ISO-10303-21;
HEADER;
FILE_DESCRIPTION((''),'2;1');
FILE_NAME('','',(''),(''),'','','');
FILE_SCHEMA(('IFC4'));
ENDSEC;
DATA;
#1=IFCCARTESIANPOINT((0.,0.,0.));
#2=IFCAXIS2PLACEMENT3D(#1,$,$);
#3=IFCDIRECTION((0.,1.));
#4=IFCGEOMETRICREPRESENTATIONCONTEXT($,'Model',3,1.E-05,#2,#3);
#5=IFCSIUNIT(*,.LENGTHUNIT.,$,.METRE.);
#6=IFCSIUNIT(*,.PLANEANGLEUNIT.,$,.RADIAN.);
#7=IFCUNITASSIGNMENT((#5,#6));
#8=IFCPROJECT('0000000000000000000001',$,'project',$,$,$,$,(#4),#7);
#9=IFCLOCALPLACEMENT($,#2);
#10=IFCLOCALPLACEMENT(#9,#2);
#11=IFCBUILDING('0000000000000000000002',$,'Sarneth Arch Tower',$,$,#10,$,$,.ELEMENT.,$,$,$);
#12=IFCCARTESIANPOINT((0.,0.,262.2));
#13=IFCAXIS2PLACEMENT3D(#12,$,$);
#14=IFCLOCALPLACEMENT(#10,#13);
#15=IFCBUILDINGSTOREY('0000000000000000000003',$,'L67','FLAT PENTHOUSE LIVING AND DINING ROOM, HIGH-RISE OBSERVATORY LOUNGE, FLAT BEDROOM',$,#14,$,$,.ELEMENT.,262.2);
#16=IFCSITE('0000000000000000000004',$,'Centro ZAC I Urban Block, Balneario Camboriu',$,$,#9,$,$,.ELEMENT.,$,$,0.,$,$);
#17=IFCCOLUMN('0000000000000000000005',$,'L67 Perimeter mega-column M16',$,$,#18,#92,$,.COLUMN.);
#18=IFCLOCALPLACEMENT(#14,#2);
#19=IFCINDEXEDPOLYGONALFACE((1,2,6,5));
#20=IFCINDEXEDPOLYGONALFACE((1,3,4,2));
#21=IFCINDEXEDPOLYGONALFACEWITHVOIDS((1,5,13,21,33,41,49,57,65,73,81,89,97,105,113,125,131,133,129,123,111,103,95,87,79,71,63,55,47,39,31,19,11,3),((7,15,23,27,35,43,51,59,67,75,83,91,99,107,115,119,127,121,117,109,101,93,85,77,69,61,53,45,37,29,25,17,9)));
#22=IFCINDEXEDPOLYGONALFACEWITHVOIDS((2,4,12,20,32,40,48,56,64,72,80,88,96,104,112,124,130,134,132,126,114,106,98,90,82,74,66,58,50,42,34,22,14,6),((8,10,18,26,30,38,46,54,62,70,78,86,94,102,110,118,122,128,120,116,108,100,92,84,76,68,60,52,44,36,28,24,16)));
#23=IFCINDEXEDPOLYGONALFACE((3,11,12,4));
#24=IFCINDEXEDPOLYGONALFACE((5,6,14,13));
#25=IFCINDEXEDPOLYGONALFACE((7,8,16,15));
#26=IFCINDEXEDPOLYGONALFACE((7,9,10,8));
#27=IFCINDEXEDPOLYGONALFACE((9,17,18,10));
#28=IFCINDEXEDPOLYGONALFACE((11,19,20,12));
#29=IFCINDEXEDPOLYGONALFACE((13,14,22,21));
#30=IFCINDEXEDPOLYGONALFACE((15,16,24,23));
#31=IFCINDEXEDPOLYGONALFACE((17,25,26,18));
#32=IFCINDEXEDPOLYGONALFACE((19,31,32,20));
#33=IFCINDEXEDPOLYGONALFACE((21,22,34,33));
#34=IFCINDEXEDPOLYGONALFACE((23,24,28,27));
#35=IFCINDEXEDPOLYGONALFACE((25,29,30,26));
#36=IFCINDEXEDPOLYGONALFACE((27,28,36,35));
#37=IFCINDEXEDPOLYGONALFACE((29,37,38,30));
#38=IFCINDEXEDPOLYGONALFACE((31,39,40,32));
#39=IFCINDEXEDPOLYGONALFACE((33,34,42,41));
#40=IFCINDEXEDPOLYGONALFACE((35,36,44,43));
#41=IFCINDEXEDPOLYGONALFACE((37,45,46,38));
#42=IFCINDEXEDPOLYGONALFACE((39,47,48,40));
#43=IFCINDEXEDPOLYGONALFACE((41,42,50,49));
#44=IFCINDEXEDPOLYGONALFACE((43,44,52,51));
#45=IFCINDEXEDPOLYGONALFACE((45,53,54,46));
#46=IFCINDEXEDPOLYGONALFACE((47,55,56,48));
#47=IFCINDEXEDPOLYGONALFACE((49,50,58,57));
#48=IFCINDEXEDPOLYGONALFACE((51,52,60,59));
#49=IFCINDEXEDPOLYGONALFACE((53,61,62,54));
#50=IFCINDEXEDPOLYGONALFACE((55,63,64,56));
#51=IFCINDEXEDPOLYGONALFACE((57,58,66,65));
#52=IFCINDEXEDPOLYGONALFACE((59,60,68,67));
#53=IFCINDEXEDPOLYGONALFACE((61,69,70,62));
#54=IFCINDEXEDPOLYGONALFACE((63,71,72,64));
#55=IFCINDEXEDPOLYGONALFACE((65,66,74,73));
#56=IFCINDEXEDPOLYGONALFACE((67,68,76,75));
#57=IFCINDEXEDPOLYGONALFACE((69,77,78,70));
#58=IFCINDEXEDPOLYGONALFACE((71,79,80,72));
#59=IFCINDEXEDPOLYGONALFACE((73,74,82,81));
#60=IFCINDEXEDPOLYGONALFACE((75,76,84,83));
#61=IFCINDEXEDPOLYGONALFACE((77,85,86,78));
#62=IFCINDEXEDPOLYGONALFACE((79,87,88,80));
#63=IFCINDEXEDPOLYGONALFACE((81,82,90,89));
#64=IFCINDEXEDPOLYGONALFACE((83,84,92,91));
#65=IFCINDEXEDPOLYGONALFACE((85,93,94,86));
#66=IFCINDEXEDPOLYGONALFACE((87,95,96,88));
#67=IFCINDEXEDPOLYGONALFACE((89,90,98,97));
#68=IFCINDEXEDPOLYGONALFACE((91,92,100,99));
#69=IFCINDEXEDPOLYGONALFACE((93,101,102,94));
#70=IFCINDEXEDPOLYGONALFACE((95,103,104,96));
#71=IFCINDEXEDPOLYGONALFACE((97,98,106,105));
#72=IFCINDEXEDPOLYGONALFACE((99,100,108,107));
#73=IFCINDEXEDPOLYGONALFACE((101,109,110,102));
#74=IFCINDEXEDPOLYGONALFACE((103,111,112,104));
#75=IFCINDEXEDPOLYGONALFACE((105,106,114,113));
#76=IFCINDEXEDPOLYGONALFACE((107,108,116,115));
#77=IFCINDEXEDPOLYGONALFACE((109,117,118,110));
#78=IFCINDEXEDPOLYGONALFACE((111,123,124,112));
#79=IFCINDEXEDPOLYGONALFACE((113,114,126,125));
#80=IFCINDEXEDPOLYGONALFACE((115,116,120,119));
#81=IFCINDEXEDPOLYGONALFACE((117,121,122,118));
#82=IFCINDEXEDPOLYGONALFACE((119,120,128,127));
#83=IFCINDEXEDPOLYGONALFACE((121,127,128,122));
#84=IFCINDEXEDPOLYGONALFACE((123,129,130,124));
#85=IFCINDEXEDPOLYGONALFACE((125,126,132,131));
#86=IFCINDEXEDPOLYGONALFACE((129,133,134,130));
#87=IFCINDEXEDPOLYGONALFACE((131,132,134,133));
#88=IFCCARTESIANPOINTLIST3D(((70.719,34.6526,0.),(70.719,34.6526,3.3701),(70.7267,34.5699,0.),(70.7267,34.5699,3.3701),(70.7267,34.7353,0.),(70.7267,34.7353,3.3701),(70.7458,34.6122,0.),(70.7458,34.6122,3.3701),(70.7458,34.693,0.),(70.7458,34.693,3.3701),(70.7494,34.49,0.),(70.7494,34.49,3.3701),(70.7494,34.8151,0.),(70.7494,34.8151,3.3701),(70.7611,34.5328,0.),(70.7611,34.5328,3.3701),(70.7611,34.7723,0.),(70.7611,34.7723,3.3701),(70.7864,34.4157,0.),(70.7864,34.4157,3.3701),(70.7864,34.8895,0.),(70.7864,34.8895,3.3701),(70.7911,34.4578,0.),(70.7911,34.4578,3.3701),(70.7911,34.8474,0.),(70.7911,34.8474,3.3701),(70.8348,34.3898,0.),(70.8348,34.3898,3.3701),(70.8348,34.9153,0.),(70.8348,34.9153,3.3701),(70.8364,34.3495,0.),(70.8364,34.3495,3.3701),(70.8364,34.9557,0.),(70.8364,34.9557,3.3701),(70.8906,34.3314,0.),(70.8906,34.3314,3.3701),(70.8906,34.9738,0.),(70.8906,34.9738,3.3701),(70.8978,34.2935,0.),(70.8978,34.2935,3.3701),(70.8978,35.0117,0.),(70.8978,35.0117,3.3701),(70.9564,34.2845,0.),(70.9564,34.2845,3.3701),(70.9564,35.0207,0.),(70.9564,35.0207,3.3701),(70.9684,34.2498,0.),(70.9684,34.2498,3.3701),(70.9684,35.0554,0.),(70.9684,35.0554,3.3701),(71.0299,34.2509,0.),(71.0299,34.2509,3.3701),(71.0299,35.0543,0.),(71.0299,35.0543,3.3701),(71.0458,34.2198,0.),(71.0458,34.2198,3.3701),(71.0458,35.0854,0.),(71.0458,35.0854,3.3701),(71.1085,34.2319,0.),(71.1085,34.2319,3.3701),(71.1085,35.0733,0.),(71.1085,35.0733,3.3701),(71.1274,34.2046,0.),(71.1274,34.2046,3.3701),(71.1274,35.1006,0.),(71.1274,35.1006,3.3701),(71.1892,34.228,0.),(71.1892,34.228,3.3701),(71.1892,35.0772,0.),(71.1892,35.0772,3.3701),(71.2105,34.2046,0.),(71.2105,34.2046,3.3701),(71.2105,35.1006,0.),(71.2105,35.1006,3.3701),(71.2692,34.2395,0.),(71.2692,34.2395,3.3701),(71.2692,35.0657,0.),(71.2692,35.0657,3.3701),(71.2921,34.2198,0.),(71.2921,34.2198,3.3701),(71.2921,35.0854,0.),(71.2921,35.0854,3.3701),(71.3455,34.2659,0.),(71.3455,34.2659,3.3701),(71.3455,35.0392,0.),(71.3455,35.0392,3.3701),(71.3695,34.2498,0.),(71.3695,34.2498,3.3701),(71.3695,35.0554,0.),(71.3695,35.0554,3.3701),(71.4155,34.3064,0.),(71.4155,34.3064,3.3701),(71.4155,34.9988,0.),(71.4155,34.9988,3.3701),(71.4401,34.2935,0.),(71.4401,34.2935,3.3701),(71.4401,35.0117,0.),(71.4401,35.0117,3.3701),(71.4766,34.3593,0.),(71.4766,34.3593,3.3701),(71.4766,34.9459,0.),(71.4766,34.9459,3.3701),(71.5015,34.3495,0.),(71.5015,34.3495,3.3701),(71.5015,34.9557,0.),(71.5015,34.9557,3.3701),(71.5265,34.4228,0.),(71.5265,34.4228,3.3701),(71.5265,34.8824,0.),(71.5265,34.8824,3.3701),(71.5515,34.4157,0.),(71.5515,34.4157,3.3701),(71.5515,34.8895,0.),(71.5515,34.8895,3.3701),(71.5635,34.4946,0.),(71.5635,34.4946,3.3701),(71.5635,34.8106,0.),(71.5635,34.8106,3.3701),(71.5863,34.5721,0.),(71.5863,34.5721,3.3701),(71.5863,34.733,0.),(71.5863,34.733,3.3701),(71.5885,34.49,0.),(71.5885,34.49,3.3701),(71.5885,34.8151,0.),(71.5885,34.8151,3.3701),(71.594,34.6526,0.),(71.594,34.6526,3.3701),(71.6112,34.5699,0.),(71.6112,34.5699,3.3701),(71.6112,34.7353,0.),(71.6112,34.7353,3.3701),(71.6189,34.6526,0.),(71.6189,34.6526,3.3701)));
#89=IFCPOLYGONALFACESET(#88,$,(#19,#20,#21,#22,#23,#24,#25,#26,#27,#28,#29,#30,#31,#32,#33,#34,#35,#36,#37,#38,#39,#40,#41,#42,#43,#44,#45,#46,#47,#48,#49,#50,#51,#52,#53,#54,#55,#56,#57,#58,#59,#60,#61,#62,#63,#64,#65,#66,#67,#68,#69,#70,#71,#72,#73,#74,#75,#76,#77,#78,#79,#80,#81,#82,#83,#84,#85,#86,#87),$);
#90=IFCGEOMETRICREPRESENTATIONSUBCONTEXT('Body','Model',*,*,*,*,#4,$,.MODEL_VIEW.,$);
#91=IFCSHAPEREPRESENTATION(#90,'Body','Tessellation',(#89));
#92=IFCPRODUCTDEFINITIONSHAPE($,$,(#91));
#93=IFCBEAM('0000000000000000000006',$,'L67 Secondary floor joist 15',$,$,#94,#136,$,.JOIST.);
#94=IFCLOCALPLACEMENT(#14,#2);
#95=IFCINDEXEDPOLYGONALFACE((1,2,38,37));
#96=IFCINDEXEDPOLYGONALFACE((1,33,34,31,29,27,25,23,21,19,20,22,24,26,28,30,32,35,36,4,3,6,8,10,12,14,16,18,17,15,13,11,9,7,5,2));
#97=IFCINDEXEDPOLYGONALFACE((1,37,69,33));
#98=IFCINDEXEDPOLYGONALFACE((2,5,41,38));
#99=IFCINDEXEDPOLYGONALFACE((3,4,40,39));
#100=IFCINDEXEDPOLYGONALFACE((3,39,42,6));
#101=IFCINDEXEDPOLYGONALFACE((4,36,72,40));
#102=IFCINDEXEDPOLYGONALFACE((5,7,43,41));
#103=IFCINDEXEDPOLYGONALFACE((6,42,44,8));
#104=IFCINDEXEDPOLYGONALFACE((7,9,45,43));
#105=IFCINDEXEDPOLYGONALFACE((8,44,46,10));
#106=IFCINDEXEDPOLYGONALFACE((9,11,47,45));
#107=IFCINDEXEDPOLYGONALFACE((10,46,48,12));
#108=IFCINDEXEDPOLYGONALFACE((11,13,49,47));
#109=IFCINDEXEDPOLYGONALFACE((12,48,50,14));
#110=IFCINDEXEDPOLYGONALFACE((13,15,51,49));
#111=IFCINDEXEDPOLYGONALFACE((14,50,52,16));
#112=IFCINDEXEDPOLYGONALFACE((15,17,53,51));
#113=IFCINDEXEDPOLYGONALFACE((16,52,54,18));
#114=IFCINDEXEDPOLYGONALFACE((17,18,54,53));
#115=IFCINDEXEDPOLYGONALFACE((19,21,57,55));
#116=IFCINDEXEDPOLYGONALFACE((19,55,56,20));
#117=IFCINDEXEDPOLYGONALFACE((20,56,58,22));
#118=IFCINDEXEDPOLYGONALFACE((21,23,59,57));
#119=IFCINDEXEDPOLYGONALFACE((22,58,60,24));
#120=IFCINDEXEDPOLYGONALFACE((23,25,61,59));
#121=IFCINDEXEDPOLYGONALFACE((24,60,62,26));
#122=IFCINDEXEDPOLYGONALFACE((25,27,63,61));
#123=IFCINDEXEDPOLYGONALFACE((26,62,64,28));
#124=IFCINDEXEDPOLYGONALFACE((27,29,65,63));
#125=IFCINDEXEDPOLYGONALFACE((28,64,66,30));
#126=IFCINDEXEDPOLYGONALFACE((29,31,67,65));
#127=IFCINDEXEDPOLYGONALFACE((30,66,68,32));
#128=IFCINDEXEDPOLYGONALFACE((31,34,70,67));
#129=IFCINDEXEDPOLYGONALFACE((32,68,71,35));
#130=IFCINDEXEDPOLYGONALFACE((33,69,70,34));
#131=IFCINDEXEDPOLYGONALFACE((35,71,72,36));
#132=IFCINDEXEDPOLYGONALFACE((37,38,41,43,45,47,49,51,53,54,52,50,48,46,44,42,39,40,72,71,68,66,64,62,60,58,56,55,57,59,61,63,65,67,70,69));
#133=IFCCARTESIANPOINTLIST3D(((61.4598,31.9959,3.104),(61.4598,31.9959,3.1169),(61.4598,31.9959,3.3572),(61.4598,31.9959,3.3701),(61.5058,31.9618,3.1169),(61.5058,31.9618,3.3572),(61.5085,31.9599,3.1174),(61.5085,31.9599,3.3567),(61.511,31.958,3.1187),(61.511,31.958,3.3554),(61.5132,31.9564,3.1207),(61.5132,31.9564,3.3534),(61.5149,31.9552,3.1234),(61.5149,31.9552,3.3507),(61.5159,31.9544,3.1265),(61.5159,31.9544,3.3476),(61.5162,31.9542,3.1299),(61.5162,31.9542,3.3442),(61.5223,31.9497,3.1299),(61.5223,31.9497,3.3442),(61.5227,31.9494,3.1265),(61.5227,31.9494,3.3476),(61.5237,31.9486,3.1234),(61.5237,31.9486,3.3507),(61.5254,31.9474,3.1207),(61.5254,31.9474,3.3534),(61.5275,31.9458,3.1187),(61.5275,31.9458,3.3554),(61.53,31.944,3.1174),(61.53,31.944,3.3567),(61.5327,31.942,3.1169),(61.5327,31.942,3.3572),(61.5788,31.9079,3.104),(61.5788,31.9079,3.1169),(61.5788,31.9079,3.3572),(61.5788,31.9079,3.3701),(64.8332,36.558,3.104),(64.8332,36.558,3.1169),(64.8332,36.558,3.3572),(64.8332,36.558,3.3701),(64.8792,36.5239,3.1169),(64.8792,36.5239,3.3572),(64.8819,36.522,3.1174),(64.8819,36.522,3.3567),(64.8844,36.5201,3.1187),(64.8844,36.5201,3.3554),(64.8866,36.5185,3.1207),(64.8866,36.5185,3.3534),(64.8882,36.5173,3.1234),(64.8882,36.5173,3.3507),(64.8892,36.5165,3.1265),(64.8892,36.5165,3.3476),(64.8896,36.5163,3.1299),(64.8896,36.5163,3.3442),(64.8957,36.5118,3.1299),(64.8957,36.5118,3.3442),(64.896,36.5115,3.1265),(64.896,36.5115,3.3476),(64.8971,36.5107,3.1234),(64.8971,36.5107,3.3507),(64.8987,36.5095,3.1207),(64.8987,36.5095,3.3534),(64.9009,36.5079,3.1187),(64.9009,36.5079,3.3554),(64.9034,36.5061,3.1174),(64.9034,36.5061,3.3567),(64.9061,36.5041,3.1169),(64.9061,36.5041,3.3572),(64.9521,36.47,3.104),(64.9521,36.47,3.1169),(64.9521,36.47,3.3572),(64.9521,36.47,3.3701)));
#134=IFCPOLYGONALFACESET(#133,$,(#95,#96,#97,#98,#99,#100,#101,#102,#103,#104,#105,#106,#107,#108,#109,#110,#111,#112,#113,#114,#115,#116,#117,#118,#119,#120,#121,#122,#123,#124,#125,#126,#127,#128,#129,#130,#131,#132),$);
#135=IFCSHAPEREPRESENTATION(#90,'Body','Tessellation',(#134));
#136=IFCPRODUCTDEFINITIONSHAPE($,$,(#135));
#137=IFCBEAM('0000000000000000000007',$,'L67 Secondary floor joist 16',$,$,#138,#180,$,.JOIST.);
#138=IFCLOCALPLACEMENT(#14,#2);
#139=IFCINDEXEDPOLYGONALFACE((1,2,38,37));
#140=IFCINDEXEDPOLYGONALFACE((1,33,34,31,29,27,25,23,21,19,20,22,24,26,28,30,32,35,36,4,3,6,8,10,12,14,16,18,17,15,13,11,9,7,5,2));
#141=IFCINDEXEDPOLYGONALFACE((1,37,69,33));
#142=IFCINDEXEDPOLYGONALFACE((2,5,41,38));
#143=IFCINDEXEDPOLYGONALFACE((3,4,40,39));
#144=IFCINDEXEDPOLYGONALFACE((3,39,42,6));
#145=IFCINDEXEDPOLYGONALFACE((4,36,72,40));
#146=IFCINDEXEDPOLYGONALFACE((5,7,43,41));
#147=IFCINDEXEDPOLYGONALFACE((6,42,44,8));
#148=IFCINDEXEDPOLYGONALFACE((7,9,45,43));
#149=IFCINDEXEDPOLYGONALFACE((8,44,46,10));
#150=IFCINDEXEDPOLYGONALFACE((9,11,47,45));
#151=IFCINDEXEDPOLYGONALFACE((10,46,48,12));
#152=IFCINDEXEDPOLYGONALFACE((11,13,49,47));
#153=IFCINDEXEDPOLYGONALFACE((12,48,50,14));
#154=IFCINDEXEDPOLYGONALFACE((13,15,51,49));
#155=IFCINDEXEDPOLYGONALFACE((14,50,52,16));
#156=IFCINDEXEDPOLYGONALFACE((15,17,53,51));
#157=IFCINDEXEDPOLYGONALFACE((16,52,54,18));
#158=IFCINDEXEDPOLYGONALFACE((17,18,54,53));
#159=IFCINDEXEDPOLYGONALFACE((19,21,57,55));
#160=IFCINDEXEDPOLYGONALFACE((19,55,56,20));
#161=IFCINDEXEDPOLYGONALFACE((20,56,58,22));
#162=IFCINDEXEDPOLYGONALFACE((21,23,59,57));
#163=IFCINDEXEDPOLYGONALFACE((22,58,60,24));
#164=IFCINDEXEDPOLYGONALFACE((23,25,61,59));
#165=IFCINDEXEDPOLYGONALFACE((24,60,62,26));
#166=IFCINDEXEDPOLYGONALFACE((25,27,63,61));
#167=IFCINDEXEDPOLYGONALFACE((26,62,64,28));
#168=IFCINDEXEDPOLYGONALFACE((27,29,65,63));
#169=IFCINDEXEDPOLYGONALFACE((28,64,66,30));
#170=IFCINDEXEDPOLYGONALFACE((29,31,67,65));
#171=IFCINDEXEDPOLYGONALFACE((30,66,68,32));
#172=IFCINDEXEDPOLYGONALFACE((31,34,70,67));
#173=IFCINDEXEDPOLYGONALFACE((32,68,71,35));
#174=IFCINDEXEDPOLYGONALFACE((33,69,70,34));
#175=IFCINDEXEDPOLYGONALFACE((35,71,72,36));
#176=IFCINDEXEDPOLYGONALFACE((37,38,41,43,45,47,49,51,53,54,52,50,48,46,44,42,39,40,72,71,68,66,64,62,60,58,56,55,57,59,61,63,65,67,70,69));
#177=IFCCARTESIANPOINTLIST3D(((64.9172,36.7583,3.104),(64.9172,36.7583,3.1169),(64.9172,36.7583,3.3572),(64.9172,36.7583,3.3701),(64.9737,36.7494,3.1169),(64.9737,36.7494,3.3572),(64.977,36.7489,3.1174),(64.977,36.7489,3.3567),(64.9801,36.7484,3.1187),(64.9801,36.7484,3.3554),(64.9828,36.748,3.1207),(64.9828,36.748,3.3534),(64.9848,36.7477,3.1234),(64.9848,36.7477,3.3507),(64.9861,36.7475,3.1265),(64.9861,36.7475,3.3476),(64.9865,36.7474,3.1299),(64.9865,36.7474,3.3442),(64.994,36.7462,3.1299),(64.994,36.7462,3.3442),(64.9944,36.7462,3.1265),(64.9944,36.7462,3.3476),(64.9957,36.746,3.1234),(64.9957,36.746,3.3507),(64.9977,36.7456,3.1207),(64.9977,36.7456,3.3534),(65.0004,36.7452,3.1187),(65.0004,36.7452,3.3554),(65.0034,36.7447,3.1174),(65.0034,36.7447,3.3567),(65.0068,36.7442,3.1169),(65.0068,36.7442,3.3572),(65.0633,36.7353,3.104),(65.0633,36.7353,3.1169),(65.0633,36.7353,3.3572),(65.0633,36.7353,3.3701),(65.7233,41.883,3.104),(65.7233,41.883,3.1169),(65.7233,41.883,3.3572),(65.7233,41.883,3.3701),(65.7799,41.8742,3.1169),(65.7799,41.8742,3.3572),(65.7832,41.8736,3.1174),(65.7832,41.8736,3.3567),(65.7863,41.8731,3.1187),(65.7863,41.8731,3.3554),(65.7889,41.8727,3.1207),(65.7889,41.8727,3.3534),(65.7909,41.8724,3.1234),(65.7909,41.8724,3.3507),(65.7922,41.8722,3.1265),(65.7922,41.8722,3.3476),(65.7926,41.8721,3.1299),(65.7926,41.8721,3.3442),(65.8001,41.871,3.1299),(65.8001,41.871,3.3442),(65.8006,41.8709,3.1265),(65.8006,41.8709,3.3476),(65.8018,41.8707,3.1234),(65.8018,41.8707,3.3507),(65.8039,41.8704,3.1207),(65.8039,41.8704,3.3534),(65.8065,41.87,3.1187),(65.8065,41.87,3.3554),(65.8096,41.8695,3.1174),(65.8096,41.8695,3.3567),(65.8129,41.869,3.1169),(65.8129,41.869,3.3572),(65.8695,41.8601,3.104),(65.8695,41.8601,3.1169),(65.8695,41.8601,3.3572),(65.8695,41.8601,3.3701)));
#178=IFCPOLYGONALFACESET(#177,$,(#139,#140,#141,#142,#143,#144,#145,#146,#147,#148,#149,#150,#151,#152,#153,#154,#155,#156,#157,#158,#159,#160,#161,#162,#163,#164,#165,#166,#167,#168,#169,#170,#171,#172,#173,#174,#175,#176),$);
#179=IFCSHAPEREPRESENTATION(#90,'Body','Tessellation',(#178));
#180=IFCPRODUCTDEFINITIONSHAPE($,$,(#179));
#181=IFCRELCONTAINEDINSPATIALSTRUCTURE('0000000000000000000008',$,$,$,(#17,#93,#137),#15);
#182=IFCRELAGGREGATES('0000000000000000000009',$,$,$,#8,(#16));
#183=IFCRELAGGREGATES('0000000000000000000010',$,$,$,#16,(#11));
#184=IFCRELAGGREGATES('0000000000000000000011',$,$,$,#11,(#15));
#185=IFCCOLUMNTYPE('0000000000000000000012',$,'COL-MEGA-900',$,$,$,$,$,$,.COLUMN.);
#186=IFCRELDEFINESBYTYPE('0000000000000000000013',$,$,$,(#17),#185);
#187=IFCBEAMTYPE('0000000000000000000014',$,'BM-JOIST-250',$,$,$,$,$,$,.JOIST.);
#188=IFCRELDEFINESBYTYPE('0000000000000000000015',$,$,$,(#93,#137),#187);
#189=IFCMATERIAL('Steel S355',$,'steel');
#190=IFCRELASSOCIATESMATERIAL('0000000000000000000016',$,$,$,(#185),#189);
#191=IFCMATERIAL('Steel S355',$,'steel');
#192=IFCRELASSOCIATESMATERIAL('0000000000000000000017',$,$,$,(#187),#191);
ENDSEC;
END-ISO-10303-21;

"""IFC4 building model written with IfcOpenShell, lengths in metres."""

from ifc_helpers import new_model, si_unit, direction, frame, origin, origin_2d, place, context, subcontext, project, spatial, hollow_circle, i_section, extrude, material, material_profile, profile_set, type_object, element, save


model = new_model("IFC4")

# Units and contexts
model_context = context("Model", 3, precision=1e-05, world=origin(), true_north=direction((0.0, 1.0)))
body_context = subcontext(model_context, "Body", "Model", "MODEL_VIEW")
ifc_project = project(units=[si_unit("LENGTHUNIT", "METRE"), si_unit("PLANEANGLEUNIT", "RADIAN")], contexts=[model_context])

# Site, building, storey
site_placement = place(None, origin())
site = spatial("IfcSite", under=ifc_project, at=site_placement, Name="Centro ZAC I Urban Block, Balneario Camboriu", CompositionType="ELEMENT", RefElevation=0.0)
building_placement = place(site_placement, origin())
building = spatial("IfcBuilding", under=site, at=building_placement, Name="Sarneth Arch Tower", CompositionType="ELEMENT")
storey_placement = place(building_placement, frame((0.0, 0.0, 262.2)))
storey = spatial("IfcBuildingStorey", under=building, at=storey_placement, Name="L67", Description="FLAT PENTHOUSE LIVING AND DINING ROOM, HIGH-RISE OBSERVATORY LOUNGE, FLAT BEDROOM", CompositionType="ELEMENT", Elevation=262.2)

# Column
ifc_material_1 = material(Name="Steel S355", Category="steel")
ifc_material_profile_1 = material_profile(ifc_material_1, hollow_circle(Radius=0.45, WallThickness=0.0249, at=origin_2d()), Name="CHS900x25")
ifc_profile_set_1 = profile_set([ifc_material_profile_1], Name="Steel S355")
column_type = type_object("IfcColumnType", Name="COL-MEGA-900", PredefinedType="COLUMN", material=ifc_profile_set_1)
column_placement = place(storey_placement, frame((71.1689, 34.6526, 0.0), z_axis=(0.0, 0.0, 1.0), x_axis=(1.0, 0.0, 0.0)))
element("IfcColumn", 1, at=column_placement, inside=storey, type_object=column_type, Name="L67 Perimeter mega-column M16", PredefinedType="COLUMN", context=body_context, shape_type="SweptSolid", body=[
    extrude(hollow_circle(Radius=0.45, WallThickness=0.0249, at=origin_2d()), origin(), (0.0, 0.0, 1.0), 3.3701),
])

# Beams
ifc_material_2 = material(Name="Steel S355", Category="steel")
ifc_material_profile_2 = material_profile(ifc_material_2, i_section(OverallWidth=0.1479, OverallDepth=0.2661, WebThickness=0.0076, FlangeThickness=0.0129, FilletRadius=0.0129, at=origin_2d()), Name="W250x44.8")
ifc_profile_set_2 = profile_set([ifc_material_profile_2], Name="Steel S355")
beam_type_1 = type_object("IfcBeamType", Name="BM-JOIST-250", PredefinedType="JOIST", material=ifc_profile_set_2)
beam_1_placement = place(storey_placement, frame((61.5193, 31.9519, 3.2371), z_axis=(0.594547, 0.804061, 0.0), x_axis=(-0.804061, 0.594547, 0.0)))
element("IfcBeam", 2, at=beam_1_placement, inside=storey, type_object=beam_type_1, Name="L67 Secondary floor joist 15", PredefinedType="JOIST", context=body_context, shape_type="SweptSolid", body=[
    extrude(i_section(OverallWidth=0.1479, OverallDepth=0.2661, WebThickness=0.0076, FlangeThickness=0.0129, FilletRadius=0.0129, at=origin_2d()), origin(), (0.0, 0.0, 1.0), 5.6738),
])
beam_2_placement = place(storey_placement, frame((64.9902, 36.7468, 3.2371), z_axis=(0.155395, 0.987852, 0.0), x_axis=(-0.987852, 0.155395, 0.0)))
element("IfcBeam", 3, at=beam_2_placement, inside=storey, type_object=beam_type_1, Name="L67 Secondary floor joist 16", PredefinedType="JOIST", context=body_context, shape_type="SweptSolid", body=[
    extrude(i_section(OverallWidth=0.1479, OverallDepth=0.2661, WebThickness=0.0076, FlangeThickness=0.0129, FilletRadius=0.0129, at=origin_2d()), origin(), (0.0, 0.0, 1.0), 5.1877),
])

save(model, "model.ifc")
